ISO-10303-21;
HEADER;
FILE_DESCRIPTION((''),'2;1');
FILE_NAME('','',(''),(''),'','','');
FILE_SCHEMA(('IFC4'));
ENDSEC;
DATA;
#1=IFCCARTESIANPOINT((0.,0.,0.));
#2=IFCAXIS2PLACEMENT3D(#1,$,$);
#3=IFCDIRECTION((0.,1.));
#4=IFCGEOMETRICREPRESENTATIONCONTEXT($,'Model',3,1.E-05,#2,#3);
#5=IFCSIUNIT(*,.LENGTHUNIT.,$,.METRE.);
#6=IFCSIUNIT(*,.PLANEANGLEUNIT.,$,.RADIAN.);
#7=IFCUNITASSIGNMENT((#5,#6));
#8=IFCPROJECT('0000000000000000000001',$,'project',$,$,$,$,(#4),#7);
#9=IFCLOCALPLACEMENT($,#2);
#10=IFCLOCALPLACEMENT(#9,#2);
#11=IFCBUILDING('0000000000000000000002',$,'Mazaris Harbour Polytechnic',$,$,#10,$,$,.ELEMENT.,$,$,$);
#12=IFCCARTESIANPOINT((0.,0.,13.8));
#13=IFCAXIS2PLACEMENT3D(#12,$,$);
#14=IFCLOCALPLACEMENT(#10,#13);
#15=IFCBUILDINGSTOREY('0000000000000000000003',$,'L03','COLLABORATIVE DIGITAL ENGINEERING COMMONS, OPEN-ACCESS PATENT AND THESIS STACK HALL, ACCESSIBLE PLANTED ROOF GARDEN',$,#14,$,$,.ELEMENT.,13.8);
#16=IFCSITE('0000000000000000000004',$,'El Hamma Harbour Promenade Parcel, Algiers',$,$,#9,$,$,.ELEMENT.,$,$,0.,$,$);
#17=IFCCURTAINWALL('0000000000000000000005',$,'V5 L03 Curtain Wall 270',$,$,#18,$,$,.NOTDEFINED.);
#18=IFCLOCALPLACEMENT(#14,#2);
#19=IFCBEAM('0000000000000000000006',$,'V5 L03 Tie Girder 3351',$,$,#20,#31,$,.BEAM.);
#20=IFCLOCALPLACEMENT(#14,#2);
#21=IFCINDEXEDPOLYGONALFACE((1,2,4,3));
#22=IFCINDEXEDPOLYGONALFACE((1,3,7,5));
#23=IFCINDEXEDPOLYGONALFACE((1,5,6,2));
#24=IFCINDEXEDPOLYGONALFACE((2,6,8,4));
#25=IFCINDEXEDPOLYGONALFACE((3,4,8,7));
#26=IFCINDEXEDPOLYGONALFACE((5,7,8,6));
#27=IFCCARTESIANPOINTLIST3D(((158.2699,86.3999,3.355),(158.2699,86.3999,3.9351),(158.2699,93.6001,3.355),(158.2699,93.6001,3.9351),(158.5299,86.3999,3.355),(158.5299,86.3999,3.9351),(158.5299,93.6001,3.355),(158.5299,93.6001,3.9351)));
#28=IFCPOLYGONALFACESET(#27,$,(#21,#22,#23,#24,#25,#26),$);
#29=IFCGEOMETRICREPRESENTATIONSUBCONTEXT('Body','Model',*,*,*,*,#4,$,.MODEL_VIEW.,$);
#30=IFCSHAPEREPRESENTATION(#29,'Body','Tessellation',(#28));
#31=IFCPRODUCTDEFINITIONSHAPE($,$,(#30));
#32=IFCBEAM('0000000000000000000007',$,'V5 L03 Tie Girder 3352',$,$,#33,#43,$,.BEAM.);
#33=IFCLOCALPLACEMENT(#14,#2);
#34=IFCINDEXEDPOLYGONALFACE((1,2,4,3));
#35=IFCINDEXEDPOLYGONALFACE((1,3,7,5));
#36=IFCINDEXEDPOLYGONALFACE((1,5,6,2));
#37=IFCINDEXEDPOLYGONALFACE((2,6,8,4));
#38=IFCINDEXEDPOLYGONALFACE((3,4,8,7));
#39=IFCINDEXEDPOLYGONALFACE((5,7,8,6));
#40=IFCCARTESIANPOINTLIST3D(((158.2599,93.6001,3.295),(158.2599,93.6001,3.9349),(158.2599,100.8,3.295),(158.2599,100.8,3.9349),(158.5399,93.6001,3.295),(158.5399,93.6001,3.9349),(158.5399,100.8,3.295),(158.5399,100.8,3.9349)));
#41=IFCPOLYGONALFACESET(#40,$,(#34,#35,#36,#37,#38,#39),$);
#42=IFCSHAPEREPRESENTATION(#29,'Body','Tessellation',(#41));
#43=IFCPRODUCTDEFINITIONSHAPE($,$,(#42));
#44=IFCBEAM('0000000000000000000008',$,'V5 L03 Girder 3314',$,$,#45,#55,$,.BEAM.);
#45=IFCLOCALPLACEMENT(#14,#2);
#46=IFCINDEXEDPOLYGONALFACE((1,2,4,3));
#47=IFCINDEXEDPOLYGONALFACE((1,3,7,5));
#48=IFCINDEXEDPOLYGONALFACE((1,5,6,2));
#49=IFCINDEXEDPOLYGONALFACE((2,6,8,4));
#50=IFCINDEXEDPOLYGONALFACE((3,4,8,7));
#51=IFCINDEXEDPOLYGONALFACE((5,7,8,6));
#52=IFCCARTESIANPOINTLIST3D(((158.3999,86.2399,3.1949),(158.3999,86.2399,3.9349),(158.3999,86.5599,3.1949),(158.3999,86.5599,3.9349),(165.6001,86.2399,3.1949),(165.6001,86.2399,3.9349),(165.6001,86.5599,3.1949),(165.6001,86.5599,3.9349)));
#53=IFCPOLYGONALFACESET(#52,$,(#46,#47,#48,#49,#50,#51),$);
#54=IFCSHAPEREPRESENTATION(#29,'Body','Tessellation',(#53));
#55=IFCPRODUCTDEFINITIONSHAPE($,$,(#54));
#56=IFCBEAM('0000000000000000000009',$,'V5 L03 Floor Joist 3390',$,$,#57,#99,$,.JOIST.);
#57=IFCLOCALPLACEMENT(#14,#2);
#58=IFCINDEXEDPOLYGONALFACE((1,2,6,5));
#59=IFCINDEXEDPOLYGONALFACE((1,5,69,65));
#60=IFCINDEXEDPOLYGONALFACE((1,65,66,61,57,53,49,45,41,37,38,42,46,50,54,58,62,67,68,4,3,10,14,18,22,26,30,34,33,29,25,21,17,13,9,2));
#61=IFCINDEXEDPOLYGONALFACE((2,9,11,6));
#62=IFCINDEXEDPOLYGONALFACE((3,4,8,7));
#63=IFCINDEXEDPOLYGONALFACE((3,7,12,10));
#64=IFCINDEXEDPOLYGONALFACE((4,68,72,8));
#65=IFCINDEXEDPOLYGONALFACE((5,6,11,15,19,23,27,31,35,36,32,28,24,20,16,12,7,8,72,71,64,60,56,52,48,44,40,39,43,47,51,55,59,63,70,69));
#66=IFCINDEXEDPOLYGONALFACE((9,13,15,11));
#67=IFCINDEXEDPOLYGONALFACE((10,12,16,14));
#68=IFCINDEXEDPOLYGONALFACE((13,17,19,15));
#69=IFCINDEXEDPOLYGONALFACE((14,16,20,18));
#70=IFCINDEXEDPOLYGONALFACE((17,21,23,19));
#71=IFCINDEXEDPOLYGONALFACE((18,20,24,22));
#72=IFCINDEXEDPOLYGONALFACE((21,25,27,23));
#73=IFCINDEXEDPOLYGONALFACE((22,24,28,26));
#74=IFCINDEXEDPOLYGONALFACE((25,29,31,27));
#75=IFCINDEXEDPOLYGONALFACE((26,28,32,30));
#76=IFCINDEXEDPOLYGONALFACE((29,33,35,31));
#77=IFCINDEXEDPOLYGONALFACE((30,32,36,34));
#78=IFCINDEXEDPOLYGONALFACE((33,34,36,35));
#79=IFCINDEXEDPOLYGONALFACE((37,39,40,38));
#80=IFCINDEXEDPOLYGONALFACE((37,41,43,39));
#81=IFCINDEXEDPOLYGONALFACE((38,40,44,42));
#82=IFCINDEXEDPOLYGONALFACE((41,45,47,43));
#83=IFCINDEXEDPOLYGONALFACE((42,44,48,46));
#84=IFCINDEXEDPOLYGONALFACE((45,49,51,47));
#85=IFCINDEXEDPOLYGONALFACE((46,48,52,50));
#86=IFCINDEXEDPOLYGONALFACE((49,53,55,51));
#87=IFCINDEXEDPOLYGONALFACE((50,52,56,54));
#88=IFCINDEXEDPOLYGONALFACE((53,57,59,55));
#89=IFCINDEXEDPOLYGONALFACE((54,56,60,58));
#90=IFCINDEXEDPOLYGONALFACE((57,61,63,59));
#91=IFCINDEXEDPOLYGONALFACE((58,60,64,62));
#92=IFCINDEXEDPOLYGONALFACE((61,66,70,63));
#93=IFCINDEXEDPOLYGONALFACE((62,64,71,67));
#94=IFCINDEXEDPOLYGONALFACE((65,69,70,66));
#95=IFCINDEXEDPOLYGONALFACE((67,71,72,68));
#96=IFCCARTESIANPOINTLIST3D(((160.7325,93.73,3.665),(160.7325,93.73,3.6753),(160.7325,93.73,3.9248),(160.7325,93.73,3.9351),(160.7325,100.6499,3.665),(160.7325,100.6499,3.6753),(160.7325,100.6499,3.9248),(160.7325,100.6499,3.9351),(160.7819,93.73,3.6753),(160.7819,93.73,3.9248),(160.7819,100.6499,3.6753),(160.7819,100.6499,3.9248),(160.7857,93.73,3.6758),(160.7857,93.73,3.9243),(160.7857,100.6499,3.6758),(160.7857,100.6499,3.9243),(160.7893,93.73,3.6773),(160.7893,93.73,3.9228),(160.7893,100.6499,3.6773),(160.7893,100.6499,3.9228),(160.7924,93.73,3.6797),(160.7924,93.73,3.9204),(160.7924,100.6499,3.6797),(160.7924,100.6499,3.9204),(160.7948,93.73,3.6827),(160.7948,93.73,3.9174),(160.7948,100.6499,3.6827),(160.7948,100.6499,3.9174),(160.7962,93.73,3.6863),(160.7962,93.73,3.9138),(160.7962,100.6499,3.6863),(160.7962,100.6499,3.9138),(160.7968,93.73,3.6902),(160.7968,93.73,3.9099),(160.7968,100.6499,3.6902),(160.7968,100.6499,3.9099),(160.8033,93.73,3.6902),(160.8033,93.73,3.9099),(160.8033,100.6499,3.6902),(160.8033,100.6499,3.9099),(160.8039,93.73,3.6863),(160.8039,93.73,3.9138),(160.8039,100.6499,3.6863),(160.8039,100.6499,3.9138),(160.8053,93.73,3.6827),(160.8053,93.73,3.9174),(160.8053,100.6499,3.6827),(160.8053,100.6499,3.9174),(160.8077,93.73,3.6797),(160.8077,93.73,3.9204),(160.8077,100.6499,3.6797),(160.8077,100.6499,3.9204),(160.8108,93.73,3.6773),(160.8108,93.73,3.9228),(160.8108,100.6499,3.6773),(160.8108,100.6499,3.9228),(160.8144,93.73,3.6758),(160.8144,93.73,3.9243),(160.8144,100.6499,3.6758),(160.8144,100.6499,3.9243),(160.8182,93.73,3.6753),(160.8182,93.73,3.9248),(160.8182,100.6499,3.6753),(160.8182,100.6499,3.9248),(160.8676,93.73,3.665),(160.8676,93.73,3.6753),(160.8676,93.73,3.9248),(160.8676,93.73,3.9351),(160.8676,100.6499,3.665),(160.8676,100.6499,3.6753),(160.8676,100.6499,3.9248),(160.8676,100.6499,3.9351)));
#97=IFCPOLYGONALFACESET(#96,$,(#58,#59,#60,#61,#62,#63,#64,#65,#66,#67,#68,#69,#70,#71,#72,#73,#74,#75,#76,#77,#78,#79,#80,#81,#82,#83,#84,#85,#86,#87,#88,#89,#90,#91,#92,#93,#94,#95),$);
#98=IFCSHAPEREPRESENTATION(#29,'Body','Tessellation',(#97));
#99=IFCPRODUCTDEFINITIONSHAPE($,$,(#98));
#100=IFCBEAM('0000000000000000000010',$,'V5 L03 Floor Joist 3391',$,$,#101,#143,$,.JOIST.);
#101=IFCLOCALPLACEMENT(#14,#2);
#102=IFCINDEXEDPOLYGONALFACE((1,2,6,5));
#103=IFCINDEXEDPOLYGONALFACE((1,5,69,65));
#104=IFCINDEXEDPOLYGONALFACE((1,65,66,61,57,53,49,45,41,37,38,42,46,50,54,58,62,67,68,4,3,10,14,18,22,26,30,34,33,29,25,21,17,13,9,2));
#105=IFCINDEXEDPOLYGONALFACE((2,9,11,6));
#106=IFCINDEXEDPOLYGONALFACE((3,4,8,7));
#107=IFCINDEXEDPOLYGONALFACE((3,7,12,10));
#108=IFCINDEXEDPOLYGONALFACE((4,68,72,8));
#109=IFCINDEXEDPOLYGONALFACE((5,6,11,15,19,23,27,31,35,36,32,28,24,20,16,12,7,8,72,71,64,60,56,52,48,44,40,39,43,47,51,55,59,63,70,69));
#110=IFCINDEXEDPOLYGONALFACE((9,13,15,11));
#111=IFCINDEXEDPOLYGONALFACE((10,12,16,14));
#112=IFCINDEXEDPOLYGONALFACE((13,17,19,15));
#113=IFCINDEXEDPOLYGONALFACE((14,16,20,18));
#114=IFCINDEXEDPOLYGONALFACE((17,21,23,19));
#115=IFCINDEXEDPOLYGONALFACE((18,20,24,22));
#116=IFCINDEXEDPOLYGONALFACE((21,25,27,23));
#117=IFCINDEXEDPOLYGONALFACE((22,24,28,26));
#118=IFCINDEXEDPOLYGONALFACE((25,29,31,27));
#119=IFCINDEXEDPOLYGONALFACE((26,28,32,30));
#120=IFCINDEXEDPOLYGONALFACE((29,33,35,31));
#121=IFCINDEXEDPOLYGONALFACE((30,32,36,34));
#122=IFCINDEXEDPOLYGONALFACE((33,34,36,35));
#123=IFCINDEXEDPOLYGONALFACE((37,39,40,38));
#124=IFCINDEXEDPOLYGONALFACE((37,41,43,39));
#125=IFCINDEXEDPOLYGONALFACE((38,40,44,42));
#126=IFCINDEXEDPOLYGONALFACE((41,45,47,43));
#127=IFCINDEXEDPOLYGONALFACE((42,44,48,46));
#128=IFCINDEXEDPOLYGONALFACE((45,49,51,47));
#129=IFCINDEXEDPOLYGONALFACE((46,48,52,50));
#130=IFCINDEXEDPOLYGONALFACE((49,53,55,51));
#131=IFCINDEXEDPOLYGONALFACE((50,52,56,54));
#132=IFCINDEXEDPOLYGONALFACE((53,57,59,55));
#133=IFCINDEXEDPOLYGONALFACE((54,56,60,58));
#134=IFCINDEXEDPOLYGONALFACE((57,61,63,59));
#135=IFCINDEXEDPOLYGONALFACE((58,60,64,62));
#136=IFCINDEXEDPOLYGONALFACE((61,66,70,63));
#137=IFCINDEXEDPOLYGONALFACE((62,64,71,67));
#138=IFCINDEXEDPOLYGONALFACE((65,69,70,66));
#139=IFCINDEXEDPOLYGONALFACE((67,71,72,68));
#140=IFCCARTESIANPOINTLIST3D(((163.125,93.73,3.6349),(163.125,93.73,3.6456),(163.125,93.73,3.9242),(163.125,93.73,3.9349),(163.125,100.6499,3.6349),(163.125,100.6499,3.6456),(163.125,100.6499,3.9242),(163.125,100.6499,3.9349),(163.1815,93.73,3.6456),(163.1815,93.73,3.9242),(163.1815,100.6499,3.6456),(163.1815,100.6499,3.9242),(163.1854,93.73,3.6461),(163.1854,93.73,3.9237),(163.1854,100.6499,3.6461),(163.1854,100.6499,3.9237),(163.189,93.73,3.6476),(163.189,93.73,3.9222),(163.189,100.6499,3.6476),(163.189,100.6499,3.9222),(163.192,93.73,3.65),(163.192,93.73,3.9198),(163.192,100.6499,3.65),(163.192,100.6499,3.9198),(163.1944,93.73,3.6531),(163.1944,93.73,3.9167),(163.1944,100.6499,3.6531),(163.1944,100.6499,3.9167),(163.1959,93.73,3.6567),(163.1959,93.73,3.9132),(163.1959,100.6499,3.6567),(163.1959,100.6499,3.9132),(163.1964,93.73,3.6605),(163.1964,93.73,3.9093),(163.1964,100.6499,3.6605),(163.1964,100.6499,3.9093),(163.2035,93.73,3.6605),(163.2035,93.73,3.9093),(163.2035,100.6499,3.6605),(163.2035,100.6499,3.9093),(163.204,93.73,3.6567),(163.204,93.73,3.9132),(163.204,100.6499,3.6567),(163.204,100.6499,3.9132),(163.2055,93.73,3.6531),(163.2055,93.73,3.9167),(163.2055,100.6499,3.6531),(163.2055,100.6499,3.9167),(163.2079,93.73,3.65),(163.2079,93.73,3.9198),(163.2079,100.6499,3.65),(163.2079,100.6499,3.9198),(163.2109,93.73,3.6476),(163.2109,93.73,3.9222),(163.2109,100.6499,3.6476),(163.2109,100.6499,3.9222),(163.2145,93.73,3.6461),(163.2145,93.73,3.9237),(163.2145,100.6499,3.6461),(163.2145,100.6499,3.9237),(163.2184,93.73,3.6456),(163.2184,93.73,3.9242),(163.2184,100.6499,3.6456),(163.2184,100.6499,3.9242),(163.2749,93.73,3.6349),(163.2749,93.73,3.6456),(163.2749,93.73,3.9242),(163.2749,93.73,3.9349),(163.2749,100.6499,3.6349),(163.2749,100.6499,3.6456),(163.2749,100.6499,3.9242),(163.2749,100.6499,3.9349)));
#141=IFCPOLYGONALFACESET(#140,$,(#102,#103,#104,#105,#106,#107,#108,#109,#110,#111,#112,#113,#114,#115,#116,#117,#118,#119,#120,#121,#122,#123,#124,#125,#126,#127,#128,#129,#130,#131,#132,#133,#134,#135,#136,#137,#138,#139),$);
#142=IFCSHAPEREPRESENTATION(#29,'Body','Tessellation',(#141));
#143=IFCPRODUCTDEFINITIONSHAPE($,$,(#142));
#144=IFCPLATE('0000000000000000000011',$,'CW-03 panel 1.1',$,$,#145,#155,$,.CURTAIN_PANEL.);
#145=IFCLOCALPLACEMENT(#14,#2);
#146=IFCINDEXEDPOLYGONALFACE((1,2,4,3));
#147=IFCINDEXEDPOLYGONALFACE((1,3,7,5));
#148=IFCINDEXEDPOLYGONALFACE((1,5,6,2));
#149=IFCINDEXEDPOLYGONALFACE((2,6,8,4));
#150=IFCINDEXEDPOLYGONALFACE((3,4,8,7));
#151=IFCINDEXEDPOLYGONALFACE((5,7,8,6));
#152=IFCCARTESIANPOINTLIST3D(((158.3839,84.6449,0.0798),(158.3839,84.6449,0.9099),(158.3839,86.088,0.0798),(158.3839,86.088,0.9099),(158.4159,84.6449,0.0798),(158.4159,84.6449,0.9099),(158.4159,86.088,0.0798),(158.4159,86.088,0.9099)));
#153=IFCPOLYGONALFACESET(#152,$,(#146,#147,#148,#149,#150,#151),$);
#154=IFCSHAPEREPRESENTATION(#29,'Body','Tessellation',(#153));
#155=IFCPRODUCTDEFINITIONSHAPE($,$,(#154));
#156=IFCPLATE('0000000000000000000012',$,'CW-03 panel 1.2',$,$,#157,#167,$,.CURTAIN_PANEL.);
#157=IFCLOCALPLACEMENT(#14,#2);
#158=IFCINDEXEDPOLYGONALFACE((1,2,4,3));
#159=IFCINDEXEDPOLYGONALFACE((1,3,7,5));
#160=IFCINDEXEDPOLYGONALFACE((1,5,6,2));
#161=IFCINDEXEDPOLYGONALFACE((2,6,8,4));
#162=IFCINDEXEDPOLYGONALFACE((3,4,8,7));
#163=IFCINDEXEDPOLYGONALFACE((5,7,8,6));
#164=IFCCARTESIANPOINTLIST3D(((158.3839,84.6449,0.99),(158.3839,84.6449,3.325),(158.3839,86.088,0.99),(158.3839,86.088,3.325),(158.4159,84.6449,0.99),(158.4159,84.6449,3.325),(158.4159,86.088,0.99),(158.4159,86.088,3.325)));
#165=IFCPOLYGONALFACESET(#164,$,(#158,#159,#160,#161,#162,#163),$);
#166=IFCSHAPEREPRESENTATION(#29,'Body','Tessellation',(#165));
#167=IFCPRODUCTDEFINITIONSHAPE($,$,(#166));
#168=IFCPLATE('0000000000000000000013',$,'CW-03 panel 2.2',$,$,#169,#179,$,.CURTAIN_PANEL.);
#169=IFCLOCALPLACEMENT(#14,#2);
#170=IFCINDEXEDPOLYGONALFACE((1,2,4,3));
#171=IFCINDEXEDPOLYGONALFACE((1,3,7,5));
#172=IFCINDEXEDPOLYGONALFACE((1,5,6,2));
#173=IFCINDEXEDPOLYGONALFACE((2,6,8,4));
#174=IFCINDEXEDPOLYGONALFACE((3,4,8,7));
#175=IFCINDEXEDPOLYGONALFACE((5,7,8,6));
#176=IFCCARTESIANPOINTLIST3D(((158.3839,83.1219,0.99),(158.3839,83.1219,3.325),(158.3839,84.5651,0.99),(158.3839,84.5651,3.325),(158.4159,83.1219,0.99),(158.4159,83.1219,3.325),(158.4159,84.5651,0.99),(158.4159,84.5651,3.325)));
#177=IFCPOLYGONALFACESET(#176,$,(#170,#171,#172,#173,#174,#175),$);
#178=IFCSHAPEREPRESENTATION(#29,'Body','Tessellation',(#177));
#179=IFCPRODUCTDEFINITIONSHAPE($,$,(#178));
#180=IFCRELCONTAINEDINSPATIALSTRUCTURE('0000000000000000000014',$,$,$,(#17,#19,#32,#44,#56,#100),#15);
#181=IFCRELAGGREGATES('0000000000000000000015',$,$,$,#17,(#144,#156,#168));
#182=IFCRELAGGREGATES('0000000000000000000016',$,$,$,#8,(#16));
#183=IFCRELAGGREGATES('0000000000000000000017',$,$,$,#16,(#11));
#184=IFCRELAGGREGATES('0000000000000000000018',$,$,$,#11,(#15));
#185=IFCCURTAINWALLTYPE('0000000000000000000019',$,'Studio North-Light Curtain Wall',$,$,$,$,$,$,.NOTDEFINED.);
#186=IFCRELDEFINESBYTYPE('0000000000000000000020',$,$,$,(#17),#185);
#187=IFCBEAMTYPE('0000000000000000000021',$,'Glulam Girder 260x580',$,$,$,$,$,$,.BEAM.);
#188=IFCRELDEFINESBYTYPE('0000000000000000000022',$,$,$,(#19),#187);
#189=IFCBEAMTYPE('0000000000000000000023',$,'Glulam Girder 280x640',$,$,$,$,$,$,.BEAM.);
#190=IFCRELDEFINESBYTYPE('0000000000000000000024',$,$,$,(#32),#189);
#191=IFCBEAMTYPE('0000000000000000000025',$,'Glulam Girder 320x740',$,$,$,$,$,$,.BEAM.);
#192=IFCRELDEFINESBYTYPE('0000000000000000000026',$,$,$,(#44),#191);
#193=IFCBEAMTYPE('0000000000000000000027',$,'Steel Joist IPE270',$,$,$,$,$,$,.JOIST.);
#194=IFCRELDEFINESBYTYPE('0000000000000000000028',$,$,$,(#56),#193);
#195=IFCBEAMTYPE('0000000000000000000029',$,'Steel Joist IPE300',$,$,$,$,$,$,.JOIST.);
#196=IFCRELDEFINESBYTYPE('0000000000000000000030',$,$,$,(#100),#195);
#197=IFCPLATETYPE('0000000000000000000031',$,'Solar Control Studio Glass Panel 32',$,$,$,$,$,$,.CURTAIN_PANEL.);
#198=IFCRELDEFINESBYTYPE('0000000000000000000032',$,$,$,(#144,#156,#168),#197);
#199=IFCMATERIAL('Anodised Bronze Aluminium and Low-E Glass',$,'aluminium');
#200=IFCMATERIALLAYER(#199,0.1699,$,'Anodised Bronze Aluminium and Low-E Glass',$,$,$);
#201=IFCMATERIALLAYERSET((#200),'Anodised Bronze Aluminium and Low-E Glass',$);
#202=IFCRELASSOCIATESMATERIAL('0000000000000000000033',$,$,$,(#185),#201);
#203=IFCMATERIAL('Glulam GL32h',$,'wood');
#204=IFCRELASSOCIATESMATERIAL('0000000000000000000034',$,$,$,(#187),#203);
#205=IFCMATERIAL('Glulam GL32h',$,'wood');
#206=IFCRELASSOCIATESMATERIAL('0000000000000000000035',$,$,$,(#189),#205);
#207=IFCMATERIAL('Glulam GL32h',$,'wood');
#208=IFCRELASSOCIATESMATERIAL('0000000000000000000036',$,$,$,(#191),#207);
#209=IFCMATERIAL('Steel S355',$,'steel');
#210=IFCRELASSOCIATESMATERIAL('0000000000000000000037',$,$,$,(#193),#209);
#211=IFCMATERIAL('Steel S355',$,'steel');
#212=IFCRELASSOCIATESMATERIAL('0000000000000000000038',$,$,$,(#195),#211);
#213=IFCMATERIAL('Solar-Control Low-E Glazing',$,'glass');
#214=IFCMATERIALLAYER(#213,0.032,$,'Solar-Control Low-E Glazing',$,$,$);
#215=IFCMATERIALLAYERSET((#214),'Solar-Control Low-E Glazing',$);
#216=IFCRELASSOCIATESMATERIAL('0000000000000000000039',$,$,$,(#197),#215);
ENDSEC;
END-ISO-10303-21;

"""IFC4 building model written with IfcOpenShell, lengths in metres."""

from ifc_helpers import new_model, si_unit, direction, frame, origin, origin_2d, place, context, subcontext, project, spatial, rectangle, i_section, extrude, material, layer, layer_set, material_profile, profile_set, type_object, element, aggregate, save


model = new_model("IFC4")

# Units and contexts
model_context = context("Model", 3, precision=1e-05, world=origin(), true_north=direction((0.0, 1.0)))
body_context = subcontext(model_context, "Body", "Model", "MODEL_VIEW")
ifc_project = project(units=[si_unit("LENGTHUNIT", "METRE"), si_unit("PLANEANGLEUNIT", "RADIAN")], contexts=[model_context])

# Site, building, storey
site_placement = place(None, origin())
site = spatial("IfcSite", under=ifc_project, at=site_placement, Name="El Hamma Harbour Promenade Parcel, Algiers", CompositionType="ELEMENT", RefElevation=0.0)
building_placement = place(site_placement, origin())
building = spatial("IfcBuilding", under=site, at=building_placement, Name="Mazaris Harbour Polytechnic", CompositionType="ELEMENT")
storey_placement = place(building_placement, frame((0.0, 0.0, 13.8)))
storey = spatial("IfcBuildingStorey", under=building, at=storey_placement, Name="L03", Description="COLLABORATIVE DIGITAL ENGINEERING COMMONS, OPEN-ACCESS PATENT AND THESIS STACK HALL, ACCESSIBLE PLANTED ROOF GARDEN", CompositionType="ELEMENT", Elevation=13.8)

# Curtain wall
ifc_material_1 = material(Name="Anodised Bronze Aluminium and Low-E Glass", Category="aluminium")
ifc_layer_1 = layer(ifc_material_1, 0.1699, Name="Anodised Bronze Aluminium and Low-E Glass")
ifc_layer_set_1 = layer_set([ifc_layer_1], Name="Anodised Bronze Aluminium and Low-E Glass")
curtain_wall_type = type_object("IfcCurtainWallType", Name="Studio North-Light Curtain Wall", PredefinedType="NOTDEFINED", material=ifc_layer_set_1)
curtain_wall_placement = place(storey_placement, origin())
curtain_wall = element("IfcCurtainWall", 1, at=curtain_wall_placement, inside=storey, type_object=curtain_wall_type, Name="V5 L03 Curtain Wall 270", PredefinedType="NOTDEFINED")

# Beams
ifc_material_2 = material(Name="Glulam GL32h", Category="wood")
ifc_material_profile_1 = material_profile(ifc_material_2, rectangle(XDim=0.26, YDim=0.5801, at=origin_2d()), Name="RECT260x580")
ifc_profile_set_1 = profile_set([ifc_material_profile_1], Name="Glulam GL32h")
beam_type_1 = type_object("IfcBeamType", Name="Glulam Girder 260x580", PredefinedType="BEAM", material=ifc_profile_set_1)
for number, where, z_axis, x_axis, name in (
    (2, (158.3999, 86.3999, 3.645), (0.0, 1.0, 0.0), (-1.0, 0.0, 0.0), "V5 L03 Tie Girder 3351"),
):
    element("IfcBeam", number, at=place(storey_placement, frame(where, z_axis=z_axis, x_axis=x_axis)), inside=storey, type_object=beam_type_1, Name=name, PredefinedType="BEAM", context=body_context, shape_type="SweptSolid", body=[
        extrude(rectangle(XDim=0.26, YDim=0.5801, at=origin_2d()), origin(), (0.0, 0.0, 1.0), 7.2002),
    ])
ifc_material_3 = material(Name="Glulam GL32h", Category="wood")
ifc_material_profile_2 = material_profile(ifc_material_3, rectangle(XDim=0.28, YDim=0.6399, at=origin_2d()), Name="RECT280x640")
ifc_profile_set_2 = profile_set([ifc_material_profile_2], Name="Glulam GL32h")
beam_type_2 = type_object("IfcBeamType", Name="Glulam Girder 280x640", PredefinedType="BEAM", material=ifc_profile_set_2)
beam_1_placement = place(storey_placement, frame((158.3999, 93.6001, 3.615), z_axis=(0.0, 1.0, 0.0), x_axis=(-1.0, 0.0, 0.0)))
element("IfcBeam", 3, at=beam_1_placement, inside=storey, type_object=beam_type_2, Name="V5 L03 Tie Girder 3352", PredefinedType="BEAM", context=body_context, shape_type="SweptSolid", body=[
    extrude(rectangle(XDim=0.28, YDim=0.6399, at=origin_2d()), origin(), (0.0, 0.0, 1.0), 7.2),
])
ifc_material_4 = material(Name="Glulam GL32h", Category="wood")
ifc_material_profile_3 = material_profile(ifc_material_4, rectangle(XDim=0.3201, YDim=0.74, at=origin_2d()), Name="RECT320x740")
ifc_profile_set_3 = profile_set([ifc_material_profile_3], Name="Glulam GL32h")
beam_type_3 = type_object("IfcBeamType", Name="Glulam Girder 320x740", PredefinedType="BEAM", material=ifc_profile_set_3)
beam_2_placement = place(storey_placement, frame((158.3999, 86.3999, 3.5649), z_axis=(1.0, 0.0, 0.0), x_axis=(0.0, 1.0, 0.0)))
element("IfcBeam", 4, at=beam_2_placement, inside=storey, type_object=beam_type_3, Name="V5 L03 Girder 3314", PredefinedType="BEAM", context=body_context, shape_type="SweptSolid", body=[
    extrude(rectangle(XDim=0.3201, YDim=0.74, at=origin_2d()), origin(), (0.0, 0.0, 1.0), 7.2002),
])
ifc_material_5 = material(Name="Steel S355", Category="steel")
ifc_material_profile_4 = material_profile(ifc_material_5, i_section(OverallWidth=0.135, OverallDepth=0.27, WebThickness=0.0066, FlangeThickness=0.0103, FilletRadius=0.0149, at=origin_2d()), Name="IPE 270")
ifc_profile_set_4 = profile_set([ifc_material_profile_4], Name="Steel S355")
beam_type_4 = type_object("IfcBeamType", Name="Steel Joist IPE270", PredefinedType="JOIST", material=ifc_profile_set_4)
beam_3_placement = place(storey_placement, frame((160.8, 93.73, 3.8), z_axis=(0.0, 1.0, 0.0), x_axis=(-1.0, 0.0, 0.0)))
element("IfcBeam", 5, at=beam_3_placement, inside=storey, type_object=beam_type_4, Name="V5 L03 Floor Joist 3390", PredefinedType="JOIST", context=body_context, shape_type="SweptSolid", body=[
    extrude(i_section(OverallWidth=0.135, OverallDepth=0.27, WebThickness=0.0066, FlangeThickness=0.0103, FilletRadius=0.0149, at=origin_2d()), origin(), (0.0, 0.0, 1.0), 6.9199),
])
ifc_material_6 = material(Name="Steel S355", Category="steel")
ifc_material_profile_5 = material_profile(ifc_material_6, i_section(OverallWidth=0.1499, OverallDepth=0.3, WebThickness=0.0071, FlangeThickness=0.0107, FilletRadius=0.0149, at=origin_2d()), Name="IPE 300")
ifc_profile_set_5 = profile_set([ifc_material_profile_5], Name="Steel S355")
beam_type_5 = type_object("IfcBeamType", Name="Steel Joist IPE300", PredefinedType="JOIST", material=ifc_profile_set_5)
beam_4_placement = place(storey_placement, frame((163.2, 93.73, 3.7849), z_axis=(0.0, 1.0, 0.0), x_axis=(-1.0, 0.0, 0.0)))
element("IfcBeam", 6, at=beam_4_placement, inside=storey, type_object=beam_type_5, Name="V5 L03 Floor Joist 3391", PredefinedType="JOIST", context=body_context, shape_type="SweptSolid", body=[
    extrude(i_section(OverallWidth=0.1499, OverallDepth=0.3, WebThickness=0.0071, FlangeThickness=0.0107, FilletRadius=0.0149, at=origin_2d()), origin(), (0.0, 0.0, 1.0), 6.9199),
])

# Plates
ifc_material_7 = material(Name="Solar-Control Low-E Glazing", Category="glass")
ifc_layer_2 = layer(ifc_material_7, 0.032, Name="Solar-Control Low-E Glazing")
ifc_layer_set_2 = layer_set([ifc_layer_2], Name="Solar-Control Low-E Glazing")
plate_type = type_object("IfcPlateType", Name="Solar Control Studio Glass Panel 32", PredefinedType="CURTAIN_PANEL", material=ifc_layer_set_2)
plate_1_placement = place(storey_placement, frame((158.3999, 85.3665, 0.0798), z_axis=(0.0, 0.0, 1.0), x_axis=(0.0, -1.0, 0.0)))
plate_1 = element("IfcPlate", 7, at=plate_1_placement, type_object=plate_type, Name="CW-03 panel 1.1", PredefinedType="CURTAIN_PANEL", context=body_context, shape_type="SweptSolid", body=[
    extrude(rectangle(XDim=1.4431, YDim=0.032, at=origin_2d()), origin(), (0.0, 0.0, 1.0), 0.8301),
])
plate_2_placement = place(storey_placement, frame((158.3999, 85.3665, 0.99), z_axis=(0.0, 0.0, 1.0), x_axis=(0.0, -1.0, 0.0)))
plate_2 = element("IfcPlate", 8, at=plate_2_placement, type_object=plate_type, Name="CW-03 panel 1.2", PredefinedType="CURTAIN_PANEL", context=body_context, shape_type="SweptSolid", body=[
    extrude(rectangle(XDim=1.4431, YDim=0.032, at=origin_2d()), origin(), (0.0, 0.0, 1.0), 2.335),
])
plate_3_placement = place(storey_placement, frame((158.3999, 83.8435, 0.99), z_axis=(0.0, 0.0, 1.0), x_axis=(0.0, -1.0, 0.0)))
plate_3 = element("IfcPlate", 9, at=plate_3_placement, type_object=plate_type, Name="CW-03 panel 2.2", PredefinedType="CURTAIN_PANEL", context=body_context, shape_type="SweptSolid", body=[
    extrude(rectangle(XDim=1.4431, YDim=0.032, at=origin_2d()), origin(), (0.0, 0.0, 1.0), 2.335),
])
aggregate(curtain_wall, [plate_1, plate_2, plate_3])

save(model, "model.ifc")
